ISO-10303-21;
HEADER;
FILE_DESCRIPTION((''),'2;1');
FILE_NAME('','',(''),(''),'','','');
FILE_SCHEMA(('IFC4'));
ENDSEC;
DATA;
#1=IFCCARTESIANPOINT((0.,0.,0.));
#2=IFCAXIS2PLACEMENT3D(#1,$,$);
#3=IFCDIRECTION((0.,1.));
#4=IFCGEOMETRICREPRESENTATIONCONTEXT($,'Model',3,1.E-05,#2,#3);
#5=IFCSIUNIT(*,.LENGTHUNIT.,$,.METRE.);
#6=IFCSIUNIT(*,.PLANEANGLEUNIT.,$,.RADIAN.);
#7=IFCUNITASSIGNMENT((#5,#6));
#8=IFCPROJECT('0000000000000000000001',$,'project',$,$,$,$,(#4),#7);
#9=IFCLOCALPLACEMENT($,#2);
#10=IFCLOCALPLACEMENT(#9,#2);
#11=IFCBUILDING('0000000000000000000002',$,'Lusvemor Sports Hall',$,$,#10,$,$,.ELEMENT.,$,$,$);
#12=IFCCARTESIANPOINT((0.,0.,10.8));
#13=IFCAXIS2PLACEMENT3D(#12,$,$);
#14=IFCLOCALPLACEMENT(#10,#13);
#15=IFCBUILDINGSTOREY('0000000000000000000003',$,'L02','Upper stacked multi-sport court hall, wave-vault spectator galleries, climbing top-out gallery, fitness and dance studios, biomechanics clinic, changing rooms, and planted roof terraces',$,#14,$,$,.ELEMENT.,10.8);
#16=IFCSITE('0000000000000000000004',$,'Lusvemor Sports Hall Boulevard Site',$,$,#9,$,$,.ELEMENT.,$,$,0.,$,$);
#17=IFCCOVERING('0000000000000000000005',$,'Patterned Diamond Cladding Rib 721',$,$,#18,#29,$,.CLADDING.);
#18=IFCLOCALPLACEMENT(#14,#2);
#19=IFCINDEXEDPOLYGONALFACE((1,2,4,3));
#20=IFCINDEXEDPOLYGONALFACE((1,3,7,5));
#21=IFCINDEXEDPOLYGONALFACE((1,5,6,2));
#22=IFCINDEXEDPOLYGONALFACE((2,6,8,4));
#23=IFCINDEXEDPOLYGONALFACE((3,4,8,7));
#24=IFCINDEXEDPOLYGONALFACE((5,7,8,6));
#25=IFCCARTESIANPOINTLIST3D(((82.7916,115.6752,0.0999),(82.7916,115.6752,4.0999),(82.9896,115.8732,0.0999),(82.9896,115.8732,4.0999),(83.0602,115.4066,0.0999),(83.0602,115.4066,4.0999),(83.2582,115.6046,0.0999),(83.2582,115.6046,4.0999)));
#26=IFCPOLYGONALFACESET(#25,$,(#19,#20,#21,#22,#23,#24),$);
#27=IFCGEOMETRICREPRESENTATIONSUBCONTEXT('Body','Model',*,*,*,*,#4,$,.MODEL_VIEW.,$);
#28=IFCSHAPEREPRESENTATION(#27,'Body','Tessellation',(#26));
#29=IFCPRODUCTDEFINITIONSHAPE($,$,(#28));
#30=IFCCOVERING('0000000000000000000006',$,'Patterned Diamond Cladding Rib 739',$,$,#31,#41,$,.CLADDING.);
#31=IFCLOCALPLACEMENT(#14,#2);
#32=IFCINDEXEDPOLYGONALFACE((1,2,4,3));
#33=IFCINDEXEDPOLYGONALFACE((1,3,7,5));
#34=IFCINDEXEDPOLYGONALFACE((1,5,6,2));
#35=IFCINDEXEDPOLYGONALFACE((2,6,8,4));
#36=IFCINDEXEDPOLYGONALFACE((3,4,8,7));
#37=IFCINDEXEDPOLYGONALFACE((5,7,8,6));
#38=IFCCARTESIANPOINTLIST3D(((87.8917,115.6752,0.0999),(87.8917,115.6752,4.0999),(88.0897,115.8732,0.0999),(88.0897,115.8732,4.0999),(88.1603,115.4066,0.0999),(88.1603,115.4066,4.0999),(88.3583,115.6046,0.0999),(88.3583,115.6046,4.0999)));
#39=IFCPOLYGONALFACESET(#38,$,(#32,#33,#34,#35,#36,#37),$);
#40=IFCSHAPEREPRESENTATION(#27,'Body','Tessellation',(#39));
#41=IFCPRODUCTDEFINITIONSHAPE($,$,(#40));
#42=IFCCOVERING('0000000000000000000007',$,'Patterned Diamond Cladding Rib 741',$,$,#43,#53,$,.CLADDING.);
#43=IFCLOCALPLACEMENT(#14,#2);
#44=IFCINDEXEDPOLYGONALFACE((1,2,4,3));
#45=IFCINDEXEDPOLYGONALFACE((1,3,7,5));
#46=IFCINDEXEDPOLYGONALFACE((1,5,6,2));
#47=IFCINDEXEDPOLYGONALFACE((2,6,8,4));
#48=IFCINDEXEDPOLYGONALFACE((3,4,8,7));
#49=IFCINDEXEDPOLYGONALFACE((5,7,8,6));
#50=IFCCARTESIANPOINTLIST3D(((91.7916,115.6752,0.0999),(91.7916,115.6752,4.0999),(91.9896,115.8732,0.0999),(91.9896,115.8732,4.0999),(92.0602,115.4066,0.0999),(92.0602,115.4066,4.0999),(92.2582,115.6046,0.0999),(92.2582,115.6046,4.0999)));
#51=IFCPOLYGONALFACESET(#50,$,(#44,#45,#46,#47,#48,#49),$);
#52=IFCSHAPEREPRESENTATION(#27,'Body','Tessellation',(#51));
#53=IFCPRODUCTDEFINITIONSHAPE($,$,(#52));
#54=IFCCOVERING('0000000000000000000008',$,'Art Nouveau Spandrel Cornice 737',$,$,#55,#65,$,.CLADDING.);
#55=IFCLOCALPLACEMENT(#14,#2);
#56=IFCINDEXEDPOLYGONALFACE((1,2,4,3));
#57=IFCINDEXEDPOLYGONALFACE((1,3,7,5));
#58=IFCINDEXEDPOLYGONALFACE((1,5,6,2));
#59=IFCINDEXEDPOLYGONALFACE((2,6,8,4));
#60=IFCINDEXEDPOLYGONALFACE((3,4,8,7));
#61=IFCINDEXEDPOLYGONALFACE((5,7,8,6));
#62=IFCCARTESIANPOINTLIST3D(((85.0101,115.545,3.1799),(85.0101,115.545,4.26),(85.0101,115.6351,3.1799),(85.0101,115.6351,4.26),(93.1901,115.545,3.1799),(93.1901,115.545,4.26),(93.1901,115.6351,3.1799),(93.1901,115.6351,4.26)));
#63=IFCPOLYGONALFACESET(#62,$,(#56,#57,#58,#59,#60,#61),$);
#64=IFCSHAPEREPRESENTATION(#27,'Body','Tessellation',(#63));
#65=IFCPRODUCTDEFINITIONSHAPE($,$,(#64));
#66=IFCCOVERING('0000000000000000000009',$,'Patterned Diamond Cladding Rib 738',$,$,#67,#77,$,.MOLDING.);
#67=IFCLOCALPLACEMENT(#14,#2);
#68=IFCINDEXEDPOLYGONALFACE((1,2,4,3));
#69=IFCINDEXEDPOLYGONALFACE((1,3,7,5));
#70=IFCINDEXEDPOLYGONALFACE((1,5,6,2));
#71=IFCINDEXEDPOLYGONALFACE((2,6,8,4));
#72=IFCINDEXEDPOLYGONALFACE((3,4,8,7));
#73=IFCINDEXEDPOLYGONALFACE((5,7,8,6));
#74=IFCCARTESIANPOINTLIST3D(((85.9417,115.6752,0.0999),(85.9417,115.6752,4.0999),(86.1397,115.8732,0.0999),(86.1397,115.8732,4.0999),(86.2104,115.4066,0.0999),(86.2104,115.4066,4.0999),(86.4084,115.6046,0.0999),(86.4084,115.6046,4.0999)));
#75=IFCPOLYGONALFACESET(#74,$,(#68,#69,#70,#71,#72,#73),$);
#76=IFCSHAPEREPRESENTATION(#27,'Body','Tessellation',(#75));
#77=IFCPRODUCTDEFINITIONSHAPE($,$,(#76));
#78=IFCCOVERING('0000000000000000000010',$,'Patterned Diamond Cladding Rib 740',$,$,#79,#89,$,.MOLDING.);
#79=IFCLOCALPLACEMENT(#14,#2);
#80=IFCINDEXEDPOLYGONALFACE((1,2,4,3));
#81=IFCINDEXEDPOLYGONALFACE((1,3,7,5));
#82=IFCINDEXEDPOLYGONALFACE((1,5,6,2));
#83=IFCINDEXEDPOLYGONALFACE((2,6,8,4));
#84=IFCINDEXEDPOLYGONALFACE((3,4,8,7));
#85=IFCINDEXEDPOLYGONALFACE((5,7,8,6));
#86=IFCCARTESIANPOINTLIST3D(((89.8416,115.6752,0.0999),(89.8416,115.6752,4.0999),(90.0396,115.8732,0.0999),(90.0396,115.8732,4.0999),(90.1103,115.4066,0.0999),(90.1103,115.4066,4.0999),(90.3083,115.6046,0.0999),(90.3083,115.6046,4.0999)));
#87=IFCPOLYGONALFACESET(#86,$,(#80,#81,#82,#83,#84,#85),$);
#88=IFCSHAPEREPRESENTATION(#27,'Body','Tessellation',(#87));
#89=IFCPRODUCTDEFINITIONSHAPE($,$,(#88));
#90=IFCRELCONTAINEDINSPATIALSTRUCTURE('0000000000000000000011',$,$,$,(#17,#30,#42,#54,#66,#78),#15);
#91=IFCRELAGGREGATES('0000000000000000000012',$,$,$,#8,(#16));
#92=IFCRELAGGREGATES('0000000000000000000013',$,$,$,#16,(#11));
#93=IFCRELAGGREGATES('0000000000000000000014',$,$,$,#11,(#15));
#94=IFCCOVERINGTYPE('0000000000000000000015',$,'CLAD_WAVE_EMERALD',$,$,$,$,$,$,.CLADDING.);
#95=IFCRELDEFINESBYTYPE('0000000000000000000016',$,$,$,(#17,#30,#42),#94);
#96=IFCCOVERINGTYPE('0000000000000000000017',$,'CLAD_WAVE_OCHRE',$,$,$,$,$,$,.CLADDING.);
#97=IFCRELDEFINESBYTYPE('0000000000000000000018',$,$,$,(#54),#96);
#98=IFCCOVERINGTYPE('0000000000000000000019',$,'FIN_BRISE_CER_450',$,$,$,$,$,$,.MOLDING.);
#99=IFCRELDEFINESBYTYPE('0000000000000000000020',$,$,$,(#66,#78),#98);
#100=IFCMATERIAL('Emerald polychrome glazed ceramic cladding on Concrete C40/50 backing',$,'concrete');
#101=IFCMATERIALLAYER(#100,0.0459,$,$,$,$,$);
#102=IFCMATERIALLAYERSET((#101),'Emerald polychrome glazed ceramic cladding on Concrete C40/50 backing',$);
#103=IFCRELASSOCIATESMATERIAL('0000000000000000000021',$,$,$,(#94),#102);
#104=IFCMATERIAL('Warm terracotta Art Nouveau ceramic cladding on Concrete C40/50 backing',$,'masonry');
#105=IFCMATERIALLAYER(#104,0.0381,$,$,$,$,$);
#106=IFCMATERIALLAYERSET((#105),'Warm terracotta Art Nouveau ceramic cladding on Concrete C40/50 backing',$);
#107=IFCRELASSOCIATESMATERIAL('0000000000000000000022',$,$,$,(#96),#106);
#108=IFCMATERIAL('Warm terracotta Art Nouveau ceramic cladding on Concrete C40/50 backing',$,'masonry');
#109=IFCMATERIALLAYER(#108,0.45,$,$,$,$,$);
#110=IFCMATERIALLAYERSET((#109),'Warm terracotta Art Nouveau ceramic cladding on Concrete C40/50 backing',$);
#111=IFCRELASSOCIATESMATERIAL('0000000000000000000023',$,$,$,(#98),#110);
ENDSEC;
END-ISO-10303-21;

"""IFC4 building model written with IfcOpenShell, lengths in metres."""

from ifc_helpers import new_model, si_unit, direction, frame, origin, origin_2d, place, context, subcontext, project, spatial, rectangle, extrude, material, layer, layer_set, type_object, element, save


model = new_model("IFC4")

# Units and contexts
model_context = context("Model", 3, precision=1e-05, world=origin(), true_north=direction((0.0, 1.0)))
body_context = subcontext(model_context, "Body", "Model", "MODEL_VIEW")
ifc_project = project(units=[si_unit("LENGTHUNIT", "METRE"), si_unit("PLANEANGLEUNIT", "RADIAN")], contexts=[model_context])

# Site, building, storey
site_placement = place(None, origin())
site = spatial("IfcSite", under=ifc_project, at=site_placement, Name="Lusvemor Sports Hall Boulevard Site", CompositionType="ELEMENT", RefElevation=0.0)
building_placement = place(site_placement, origin())
building = spatial("IfcBuilding", under=site, at=building_placement, Name="Lusvemor Sports Hall", CompositionType="ELEMENT")
storey_placement = place(building_placement, frame((0.0, 0.0, 10.8)))
storey = spatial("IfcBuildingStorey", under=building, at=storey_placement, Name="L02", Description="Upper stacked multi-sport court hall, wave-vault spectator galleries, climbing top-out gallery, fitness and dance studios, biomechanics clinic, changing rooms, and planted roof terraces", CompositionType="ELEMENT", Elevation=10.8)

# Coverings
ifc_material_1 = material(Name="Emerald polychrome glazed ceramic cladding on Concrete C40/50 backing", Category="concrete")
ifc_layer_1 = layer(ifc_material_1, 0.0459)
ifc_layer_set_1 = layer_set([ifc_layer_1], Name="Emerald polychrome glazed ceramic cladding on Concrete C40/50 backing")
covering_type_1 = type_object("IfcCoveringType", Name="CLAD_WAVE_EMERALD", PredefinedType="CLADDING", material=ifc_layer_set_1)
for number, where, z_axis, x_axis, name in (
    (1, (83.0249, 115.6399, 0.0999), (0.0, 0.0, 1.0), (0.707107, 0.707107, 0.0), "Patterned Diamond Cladding Rib 721"),
    (2, (88.125, 115.6399, 0.0999), (0.0, 0.0, 1.0), (0.707107, 0.707107, 0.0), "Patterned Diamond Cladding Rib 739"),
    (3, (92.0249, 115.6399, 0.0999), (0.0, 0.0, 1.0), (0.707107, 0.707107, 0.0), "Patterned Diamond Cladding Rib 741"),
):
    element("IfcCovering", number, at=place(storey_placement, frame(where, z_axis=z_axis, x_axis=x_axis)), inside=storey, type_object=covering_type_1, Name=name, PredefinedType="CLADDING", context=body_context, shape_type="SweptSolid", body=[
        extrude(rectangle(XDim=0.28, YDim=0.3799, at=origin_2d()), origin(), (0.0, 0.0, 1.0), 4.0),
    ])
ifc_material_2 = material(Name="Warm terracotta Art Nouveau ceramic cladding on Concrete C40/50 backing", Category="masonry")
ifc_layer_2 = layer(ifc_material_2, 0.0381)
ifc_layer_set_2 = layer_set([ifc_layer_2], Name="Warm terracotta Art Nouveau ceramic cladding on Concrete C40/50 backing")
covering_type_2 = type_object("IfcCoveringType", Name="CLAD_WAVE_OCHRE", PredefinedType="CLADDING", material=ifc_layer_set_2)
covering_placement = place(storey_placement, frame((89.1001, 115.5901, 3.1799), z_axis=(0.0, 0.0, 1.0), x_axis=(1.0, 0.0, 0.0)))
element("IfcCovering", 4, at=covering_placement, inside=storey, type_object=covering_type_2, Name="Art Nouveau Spandrel Cornice 737", PredefinedType="CLADDING", context=body_context, shape_type="SweptSolid", body=[
    extrude(rectangle(XDim=8.1799, YDim=0.0901, at=origin_2d()), origin(), (0.0, 0.0, 1.0), 1.0801),
])
ifc_material_3 = material(Name="Warm terracotta Art Nouveau ceramic cladding on Concrete C40/50 backing", Category="masonry")
ifc_layer_3 = layer(ifc_material_3, 0.45)
ifc_layer_set_3 = layer_set([ifc_layer_3], Name="Warm terracotta Art Nouveau ceramic cladding on Concrete C40/50 backing")
covering_type_3 = type_object("IfcCoveringType", Name="FIN_BRISE_CER_450", PredefinedType="MOLDING", material=ifc_layer_set_3)
for number, where, z_axis, x_axis, name in (
    (5, (86.175, 115.6399, 0.0999), (0.0, 0.0, 1.0), (0.707107, 0.707107, 0.0), "Patterned Diamond Cladding Rib 738"),
    (6, (90.075, 115.6399, 0.0999), (0.0, 0.0, 1.0), (0.707107, 0.707107, 0.0), "Patterned Diamond Cladding Rib 740"),
):
    element("IfcCovering", number, at=place(storey_placement, frame(where, z_axis=z_axis, x_axis=x_axis)), inside=storey, type_object=covering_type_3, Name=name, PredefinedType="MOLDING", context=body_context, shape_type="SweptSolid", body=[
        extrude(rectangle(XDim=0.28, YDim=0.3799, at=origin_2d()), origin(), (0.0, 0.0, 1.0), 4.0),
    ])

save(model, "model.ifc")
